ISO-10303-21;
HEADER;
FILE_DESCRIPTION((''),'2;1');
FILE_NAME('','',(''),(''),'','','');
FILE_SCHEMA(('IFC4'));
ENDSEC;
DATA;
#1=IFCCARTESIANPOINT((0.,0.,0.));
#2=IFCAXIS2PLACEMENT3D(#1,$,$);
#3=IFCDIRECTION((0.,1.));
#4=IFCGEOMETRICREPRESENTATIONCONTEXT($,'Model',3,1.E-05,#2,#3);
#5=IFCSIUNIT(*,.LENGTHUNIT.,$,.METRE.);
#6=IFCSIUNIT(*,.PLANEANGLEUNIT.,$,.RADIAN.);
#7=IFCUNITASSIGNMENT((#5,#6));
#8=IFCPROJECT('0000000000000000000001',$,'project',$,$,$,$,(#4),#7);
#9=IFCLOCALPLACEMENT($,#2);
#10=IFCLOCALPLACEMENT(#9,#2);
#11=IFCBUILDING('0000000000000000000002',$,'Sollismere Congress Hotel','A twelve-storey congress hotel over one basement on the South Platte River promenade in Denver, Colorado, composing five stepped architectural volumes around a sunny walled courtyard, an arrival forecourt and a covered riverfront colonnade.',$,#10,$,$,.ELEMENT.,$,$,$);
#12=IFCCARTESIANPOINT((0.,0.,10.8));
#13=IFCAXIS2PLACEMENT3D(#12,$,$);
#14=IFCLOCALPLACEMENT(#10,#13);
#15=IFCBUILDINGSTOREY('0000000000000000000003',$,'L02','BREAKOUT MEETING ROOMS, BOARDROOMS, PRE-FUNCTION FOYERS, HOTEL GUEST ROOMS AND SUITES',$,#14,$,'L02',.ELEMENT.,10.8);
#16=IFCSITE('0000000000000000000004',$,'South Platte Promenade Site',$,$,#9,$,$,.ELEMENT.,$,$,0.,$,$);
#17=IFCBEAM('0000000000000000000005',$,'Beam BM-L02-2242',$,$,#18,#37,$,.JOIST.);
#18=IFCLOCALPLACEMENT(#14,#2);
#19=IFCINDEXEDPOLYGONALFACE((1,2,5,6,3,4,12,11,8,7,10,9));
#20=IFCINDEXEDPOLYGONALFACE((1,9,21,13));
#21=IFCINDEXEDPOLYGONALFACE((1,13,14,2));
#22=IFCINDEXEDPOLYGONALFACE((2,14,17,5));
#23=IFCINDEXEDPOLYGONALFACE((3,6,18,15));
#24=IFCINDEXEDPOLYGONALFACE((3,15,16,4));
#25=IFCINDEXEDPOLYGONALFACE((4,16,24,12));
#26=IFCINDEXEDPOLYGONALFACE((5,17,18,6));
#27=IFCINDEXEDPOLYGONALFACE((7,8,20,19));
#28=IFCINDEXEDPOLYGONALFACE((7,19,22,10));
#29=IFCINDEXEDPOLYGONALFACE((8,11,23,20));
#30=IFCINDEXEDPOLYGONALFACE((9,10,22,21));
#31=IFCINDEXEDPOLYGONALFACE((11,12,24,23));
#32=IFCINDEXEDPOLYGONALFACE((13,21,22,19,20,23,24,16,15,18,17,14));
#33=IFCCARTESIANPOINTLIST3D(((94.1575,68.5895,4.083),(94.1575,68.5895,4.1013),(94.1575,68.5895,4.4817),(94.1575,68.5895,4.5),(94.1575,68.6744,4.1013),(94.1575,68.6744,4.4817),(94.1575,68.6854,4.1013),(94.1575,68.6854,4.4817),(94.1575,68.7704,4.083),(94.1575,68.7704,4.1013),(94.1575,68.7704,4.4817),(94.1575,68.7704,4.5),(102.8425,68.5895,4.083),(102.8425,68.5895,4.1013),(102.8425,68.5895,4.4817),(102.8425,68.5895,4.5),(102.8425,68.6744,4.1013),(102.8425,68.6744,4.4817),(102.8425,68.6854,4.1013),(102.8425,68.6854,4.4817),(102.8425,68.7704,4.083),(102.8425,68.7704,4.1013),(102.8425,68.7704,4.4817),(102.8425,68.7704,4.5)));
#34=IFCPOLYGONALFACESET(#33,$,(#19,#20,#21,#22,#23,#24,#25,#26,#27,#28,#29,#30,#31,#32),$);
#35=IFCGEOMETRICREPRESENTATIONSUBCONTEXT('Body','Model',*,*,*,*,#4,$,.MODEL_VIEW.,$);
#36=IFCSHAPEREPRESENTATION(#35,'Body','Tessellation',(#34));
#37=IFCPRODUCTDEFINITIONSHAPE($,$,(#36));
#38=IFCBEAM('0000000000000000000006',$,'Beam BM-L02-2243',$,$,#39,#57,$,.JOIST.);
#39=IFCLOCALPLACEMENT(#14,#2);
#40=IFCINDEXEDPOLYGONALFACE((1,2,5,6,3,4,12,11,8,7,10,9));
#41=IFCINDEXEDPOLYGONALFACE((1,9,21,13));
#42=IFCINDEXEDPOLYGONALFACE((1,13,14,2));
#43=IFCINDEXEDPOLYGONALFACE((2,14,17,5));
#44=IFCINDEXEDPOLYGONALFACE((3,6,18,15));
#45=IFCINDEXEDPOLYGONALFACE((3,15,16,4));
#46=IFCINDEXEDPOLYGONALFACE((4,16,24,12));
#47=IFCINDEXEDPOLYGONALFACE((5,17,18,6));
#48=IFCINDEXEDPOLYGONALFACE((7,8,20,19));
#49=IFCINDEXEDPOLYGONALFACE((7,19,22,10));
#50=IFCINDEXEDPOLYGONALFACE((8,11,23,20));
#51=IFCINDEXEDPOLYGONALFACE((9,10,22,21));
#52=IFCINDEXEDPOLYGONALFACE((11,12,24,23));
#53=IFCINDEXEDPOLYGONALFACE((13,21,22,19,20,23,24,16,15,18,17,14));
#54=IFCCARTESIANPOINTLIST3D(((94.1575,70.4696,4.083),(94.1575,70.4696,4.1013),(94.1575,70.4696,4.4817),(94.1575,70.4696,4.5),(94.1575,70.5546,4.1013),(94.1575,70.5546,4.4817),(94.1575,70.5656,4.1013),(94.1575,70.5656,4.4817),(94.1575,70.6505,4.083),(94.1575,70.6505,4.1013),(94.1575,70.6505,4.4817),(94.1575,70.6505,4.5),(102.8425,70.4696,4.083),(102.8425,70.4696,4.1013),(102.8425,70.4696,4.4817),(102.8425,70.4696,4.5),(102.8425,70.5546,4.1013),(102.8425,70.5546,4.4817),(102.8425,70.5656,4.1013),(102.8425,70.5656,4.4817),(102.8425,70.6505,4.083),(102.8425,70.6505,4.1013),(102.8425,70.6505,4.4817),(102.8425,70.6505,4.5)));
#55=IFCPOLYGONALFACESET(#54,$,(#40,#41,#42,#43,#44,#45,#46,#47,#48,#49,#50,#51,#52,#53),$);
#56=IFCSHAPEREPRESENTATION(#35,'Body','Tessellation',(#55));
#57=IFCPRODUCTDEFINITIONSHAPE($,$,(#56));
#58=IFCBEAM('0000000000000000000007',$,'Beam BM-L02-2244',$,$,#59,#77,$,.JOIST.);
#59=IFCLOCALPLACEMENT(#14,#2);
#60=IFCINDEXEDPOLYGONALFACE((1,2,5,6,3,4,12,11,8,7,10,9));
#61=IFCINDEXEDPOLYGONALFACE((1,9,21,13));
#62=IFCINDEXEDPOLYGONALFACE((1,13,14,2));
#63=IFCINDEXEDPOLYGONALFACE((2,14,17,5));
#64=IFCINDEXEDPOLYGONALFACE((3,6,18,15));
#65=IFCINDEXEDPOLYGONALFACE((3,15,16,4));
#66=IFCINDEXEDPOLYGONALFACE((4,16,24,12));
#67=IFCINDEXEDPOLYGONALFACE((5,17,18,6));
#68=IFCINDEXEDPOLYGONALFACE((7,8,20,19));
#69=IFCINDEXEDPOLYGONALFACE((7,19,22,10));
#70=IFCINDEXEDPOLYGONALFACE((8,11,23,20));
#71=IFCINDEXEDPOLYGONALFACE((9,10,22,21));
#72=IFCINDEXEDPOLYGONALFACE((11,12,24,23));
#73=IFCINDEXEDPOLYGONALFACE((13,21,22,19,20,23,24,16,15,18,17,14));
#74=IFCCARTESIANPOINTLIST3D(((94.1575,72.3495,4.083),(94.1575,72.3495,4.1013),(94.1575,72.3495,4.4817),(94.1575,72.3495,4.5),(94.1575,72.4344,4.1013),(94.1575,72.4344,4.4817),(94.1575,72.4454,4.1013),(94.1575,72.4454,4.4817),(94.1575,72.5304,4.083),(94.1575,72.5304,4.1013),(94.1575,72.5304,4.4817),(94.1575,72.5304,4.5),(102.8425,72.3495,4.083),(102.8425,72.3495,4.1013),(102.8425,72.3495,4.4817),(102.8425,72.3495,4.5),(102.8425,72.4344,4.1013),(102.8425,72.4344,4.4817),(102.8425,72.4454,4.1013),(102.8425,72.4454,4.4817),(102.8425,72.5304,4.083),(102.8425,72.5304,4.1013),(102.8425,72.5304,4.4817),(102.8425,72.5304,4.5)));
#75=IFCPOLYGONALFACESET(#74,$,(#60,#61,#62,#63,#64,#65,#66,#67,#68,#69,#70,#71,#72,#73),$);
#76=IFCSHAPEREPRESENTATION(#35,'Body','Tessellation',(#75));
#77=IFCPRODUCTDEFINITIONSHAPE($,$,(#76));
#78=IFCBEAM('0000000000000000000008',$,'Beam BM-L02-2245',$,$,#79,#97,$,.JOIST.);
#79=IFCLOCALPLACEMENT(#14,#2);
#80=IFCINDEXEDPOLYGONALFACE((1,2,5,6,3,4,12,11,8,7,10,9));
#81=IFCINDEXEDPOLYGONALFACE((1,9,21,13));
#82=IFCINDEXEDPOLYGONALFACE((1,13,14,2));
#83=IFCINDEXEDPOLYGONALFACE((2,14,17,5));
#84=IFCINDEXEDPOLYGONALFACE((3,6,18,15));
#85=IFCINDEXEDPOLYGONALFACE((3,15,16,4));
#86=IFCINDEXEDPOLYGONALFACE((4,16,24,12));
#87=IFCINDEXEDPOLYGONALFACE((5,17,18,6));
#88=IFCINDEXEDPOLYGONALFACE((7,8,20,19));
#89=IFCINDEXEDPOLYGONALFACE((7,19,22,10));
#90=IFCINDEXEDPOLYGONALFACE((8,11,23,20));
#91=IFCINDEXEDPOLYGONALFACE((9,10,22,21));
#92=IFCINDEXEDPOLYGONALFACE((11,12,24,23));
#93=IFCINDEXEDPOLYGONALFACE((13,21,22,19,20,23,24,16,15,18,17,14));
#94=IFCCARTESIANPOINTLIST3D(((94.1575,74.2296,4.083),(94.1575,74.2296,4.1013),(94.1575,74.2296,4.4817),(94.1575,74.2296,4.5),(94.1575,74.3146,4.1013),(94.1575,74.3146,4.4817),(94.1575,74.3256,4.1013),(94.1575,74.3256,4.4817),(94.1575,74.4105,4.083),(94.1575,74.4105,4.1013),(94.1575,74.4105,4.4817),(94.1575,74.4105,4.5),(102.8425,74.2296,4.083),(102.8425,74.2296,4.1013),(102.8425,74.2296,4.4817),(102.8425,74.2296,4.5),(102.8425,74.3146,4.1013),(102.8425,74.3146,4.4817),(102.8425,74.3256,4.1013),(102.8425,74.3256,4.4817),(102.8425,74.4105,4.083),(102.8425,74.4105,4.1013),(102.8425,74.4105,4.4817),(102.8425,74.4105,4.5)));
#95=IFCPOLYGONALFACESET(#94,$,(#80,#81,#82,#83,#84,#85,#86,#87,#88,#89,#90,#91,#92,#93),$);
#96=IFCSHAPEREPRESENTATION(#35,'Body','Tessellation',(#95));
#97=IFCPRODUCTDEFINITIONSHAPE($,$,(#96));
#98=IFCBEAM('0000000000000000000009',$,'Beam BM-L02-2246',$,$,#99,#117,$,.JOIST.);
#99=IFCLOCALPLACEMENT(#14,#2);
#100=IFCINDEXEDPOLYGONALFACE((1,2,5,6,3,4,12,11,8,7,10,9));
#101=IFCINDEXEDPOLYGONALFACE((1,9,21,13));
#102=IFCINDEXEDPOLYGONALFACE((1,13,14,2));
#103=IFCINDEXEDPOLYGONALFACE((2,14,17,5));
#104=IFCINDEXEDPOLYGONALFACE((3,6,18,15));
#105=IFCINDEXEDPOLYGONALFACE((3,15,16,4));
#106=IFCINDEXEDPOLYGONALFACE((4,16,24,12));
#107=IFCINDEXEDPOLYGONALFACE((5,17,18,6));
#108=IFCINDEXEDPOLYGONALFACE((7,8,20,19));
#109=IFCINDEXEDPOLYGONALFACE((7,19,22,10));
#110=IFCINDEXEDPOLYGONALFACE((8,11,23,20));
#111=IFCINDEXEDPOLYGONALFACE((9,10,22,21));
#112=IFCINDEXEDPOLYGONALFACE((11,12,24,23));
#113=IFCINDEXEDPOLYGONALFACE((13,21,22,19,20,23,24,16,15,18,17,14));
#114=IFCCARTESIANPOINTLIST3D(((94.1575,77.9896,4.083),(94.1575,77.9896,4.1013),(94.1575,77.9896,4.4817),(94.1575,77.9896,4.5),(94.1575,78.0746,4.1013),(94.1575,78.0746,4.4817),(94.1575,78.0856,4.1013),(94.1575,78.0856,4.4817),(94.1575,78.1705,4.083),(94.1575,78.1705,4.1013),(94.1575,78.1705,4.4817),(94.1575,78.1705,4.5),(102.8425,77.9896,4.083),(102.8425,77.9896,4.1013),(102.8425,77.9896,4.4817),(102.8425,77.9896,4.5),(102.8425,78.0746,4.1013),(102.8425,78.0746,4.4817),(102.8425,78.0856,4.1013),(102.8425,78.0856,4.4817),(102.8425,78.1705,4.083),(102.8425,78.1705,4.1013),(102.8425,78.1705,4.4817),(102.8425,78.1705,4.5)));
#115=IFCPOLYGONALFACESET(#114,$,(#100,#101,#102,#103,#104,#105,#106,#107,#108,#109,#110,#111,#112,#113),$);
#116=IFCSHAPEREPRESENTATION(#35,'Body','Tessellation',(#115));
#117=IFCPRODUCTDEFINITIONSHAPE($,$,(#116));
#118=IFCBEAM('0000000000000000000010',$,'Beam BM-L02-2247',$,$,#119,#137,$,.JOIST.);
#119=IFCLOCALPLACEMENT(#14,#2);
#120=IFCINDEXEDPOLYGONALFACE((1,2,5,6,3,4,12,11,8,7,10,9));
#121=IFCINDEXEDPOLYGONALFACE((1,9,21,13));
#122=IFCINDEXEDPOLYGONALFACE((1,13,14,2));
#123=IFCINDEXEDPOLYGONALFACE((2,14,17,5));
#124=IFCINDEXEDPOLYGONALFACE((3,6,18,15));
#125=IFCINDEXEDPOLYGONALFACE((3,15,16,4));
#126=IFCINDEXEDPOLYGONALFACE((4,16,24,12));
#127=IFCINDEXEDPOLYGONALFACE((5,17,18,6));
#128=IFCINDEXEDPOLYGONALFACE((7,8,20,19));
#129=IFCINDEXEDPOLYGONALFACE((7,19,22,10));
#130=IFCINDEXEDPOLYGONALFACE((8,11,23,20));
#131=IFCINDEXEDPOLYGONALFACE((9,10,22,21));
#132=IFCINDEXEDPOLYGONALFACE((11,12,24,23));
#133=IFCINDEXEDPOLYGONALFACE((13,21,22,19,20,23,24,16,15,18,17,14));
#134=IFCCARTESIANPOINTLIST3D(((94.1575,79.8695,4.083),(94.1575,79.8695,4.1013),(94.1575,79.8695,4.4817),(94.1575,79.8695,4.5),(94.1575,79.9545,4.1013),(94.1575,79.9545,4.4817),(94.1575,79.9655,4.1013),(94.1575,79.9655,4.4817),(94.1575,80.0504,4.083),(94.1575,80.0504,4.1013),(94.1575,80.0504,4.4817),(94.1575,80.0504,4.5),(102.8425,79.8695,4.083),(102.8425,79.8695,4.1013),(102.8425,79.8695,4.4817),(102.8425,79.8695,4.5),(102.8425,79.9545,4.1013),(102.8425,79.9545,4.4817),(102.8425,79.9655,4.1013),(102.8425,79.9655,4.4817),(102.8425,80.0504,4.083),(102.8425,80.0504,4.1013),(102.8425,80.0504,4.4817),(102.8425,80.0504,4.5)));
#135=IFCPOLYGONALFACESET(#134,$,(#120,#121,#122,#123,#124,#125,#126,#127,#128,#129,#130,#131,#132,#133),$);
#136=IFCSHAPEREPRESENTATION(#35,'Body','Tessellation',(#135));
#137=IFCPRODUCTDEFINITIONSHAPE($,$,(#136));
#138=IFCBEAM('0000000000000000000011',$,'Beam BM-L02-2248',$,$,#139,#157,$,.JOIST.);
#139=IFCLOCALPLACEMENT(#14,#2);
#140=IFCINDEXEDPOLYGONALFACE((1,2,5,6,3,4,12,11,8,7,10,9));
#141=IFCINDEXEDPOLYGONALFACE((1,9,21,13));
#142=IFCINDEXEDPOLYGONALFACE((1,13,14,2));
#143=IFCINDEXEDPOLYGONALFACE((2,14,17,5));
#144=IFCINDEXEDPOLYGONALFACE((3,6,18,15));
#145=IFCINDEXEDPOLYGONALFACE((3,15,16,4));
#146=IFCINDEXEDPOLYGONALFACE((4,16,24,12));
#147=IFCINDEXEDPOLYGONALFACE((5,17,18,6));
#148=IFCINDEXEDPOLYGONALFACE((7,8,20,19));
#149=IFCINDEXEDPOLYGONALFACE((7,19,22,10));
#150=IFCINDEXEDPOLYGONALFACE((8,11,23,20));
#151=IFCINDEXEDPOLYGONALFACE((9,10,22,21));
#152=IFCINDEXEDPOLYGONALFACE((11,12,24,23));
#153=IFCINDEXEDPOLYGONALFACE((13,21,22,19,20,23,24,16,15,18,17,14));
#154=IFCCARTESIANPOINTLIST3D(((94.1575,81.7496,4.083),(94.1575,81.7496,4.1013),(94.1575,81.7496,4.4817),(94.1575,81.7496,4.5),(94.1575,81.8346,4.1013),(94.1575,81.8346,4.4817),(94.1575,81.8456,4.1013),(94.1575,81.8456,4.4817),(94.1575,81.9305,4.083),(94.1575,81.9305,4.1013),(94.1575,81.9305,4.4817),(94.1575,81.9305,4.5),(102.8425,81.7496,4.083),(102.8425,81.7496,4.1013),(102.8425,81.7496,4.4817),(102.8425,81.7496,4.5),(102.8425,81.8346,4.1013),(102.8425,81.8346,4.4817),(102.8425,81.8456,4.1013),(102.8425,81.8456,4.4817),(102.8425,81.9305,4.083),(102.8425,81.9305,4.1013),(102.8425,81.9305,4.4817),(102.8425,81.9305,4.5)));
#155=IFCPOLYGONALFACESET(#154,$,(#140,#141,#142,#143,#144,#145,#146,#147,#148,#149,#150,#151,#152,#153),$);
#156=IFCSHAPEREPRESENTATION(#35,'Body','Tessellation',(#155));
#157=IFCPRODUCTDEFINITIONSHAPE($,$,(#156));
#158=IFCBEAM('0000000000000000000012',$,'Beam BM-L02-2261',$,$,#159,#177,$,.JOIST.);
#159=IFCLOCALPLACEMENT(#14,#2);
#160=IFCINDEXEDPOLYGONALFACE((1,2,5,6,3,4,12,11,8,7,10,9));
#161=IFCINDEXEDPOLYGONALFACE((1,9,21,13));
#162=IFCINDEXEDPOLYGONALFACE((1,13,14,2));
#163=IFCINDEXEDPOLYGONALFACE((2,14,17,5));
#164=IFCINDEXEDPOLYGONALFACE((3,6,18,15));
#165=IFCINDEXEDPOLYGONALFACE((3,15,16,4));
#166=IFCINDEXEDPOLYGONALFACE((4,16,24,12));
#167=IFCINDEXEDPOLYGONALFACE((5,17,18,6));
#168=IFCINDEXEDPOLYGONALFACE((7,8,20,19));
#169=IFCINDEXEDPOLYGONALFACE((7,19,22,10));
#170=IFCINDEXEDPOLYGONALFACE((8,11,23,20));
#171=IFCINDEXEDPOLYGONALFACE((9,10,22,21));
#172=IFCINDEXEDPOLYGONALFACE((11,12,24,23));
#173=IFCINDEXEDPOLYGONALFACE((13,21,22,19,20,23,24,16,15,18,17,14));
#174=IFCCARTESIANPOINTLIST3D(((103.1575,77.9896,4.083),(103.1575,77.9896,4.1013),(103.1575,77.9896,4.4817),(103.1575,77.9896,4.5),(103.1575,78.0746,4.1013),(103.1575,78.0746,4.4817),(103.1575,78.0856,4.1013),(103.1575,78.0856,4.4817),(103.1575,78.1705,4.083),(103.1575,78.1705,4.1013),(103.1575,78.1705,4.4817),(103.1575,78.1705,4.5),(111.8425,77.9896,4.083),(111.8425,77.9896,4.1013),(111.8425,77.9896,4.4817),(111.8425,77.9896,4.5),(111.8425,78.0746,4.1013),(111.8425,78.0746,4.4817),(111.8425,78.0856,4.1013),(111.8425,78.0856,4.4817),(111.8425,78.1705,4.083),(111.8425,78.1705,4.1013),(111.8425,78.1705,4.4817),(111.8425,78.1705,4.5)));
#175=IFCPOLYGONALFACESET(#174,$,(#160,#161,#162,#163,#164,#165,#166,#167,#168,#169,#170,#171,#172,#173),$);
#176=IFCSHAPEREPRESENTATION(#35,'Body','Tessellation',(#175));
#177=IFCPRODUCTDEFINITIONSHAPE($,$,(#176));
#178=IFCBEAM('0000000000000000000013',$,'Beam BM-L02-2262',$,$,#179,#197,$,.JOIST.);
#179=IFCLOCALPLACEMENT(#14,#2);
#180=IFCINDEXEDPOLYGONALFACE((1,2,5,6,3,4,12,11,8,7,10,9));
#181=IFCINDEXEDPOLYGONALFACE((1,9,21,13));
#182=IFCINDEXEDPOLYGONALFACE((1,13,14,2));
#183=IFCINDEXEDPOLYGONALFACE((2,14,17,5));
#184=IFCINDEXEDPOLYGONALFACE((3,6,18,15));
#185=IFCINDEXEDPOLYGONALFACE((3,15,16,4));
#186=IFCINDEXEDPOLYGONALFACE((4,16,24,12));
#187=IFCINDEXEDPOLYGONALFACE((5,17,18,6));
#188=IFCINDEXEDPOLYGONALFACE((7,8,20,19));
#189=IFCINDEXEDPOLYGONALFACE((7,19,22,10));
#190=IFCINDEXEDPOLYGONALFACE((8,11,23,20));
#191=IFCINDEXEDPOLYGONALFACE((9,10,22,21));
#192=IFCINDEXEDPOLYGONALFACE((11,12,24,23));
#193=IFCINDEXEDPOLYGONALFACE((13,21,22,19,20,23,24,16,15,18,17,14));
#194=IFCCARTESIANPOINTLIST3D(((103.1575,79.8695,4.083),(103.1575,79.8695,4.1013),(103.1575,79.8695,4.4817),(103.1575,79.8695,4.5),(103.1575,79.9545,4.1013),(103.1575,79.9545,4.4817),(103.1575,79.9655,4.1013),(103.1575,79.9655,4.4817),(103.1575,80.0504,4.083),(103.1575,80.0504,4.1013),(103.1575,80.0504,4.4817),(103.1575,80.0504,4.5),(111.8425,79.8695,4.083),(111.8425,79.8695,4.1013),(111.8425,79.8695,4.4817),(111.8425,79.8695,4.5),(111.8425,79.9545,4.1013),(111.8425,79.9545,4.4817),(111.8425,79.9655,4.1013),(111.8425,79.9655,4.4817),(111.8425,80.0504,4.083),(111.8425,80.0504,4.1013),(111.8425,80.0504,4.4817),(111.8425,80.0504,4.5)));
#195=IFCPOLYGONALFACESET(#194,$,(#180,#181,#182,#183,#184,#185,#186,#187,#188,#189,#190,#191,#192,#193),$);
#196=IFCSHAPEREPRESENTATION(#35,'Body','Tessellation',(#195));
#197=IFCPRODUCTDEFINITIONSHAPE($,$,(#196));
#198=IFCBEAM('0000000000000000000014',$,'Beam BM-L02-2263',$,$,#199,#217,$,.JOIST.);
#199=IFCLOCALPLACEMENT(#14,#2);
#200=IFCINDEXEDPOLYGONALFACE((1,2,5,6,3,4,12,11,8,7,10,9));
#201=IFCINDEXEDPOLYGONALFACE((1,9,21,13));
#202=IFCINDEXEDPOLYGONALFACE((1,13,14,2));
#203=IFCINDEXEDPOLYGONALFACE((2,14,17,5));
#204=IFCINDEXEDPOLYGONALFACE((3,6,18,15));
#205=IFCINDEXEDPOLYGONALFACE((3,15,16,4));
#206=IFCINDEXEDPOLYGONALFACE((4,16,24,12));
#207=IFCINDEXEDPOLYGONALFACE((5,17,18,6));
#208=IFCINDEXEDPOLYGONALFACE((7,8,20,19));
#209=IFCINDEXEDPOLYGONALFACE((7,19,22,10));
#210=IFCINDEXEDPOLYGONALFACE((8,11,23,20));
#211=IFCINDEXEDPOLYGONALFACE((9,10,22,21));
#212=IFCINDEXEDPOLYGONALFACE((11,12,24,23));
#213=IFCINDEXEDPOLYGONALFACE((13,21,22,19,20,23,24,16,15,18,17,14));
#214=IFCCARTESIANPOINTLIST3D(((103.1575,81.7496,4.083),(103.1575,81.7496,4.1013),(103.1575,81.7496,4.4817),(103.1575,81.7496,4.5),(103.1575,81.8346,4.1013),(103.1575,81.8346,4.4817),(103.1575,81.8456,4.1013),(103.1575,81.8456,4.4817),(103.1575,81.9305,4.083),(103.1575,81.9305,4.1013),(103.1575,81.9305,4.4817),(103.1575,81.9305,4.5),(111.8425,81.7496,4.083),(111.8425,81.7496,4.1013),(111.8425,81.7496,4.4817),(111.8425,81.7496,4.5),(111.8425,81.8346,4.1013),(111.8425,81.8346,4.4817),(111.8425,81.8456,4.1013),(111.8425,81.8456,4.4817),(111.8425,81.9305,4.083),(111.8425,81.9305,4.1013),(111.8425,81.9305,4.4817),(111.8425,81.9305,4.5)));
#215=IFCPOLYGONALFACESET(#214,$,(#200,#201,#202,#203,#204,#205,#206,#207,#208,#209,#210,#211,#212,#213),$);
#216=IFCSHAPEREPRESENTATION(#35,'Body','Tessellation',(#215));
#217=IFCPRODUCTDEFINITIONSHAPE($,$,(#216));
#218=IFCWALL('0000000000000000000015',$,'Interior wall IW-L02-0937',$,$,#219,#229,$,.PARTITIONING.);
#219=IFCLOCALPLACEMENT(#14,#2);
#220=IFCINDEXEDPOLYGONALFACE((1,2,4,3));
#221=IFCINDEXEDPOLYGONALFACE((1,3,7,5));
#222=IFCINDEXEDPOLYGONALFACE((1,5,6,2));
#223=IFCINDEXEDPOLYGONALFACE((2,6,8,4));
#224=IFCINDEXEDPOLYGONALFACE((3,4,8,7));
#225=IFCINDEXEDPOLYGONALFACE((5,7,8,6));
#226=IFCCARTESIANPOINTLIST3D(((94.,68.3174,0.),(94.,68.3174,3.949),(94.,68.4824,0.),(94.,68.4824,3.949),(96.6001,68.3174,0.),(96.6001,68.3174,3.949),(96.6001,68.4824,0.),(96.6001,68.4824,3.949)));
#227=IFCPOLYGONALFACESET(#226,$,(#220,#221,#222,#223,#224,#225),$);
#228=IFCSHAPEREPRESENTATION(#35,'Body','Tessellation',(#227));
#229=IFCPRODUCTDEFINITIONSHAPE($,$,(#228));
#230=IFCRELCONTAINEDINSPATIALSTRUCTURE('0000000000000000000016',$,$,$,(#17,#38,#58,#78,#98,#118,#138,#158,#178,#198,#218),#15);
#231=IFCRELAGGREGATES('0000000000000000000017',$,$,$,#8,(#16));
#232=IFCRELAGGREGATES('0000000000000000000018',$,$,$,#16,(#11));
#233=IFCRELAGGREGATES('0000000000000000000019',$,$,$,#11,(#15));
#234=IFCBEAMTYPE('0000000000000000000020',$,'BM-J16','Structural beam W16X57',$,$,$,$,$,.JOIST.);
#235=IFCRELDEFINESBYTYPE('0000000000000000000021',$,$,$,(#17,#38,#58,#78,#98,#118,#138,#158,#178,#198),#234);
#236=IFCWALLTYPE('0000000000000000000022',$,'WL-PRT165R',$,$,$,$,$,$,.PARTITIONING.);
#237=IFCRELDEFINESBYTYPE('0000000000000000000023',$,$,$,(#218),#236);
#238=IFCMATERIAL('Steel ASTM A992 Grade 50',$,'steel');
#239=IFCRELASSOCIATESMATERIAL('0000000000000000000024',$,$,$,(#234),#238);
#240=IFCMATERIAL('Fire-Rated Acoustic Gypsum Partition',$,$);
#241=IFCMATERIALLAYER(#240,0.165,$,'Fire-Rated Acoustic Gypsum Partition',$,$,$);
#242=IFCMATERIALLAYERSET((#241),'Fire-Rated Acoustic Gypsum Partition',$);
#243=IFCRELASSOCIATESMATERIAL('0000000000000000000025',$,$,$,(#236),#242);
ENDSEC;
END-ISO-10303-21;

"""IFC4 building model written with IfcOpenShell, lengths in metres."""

from ifc_helpers import new_model, si_unit, direction, frame, frame_2d, origin, origin_2d, place, context, subcontext, project, spatial, rectangle, i_section, extrude, material, layer, layer_set, material_profile, profile_set, type_object, element, save


model = new_model("IFC4")

# Units and contexts
model_context = context("Model", 3, precision=1e-05, world=origin(), true_north=direction((0.0, 1.0)))
body_context = subcontext(model_context, "Body", "Model", "MODEL_VIEW")
ifc_project = project(units=[si_unit("LENGTHUNIT", "METRE"), si_unit("PLANEANGLEUNIT", "RADIAN")], contexts=[model_context])

# Site, building, storey
site_placement = place(None, origin())
site = spatial("IfcSite", under=ifc_project, at=site_placement, Name="South Platte Promenade Site", CompositionType="ELEMENT", RefElevation=0.0)
building_placement = place(site_placement, origin())
building = spatial("IfcBuilding", under=site, at=building_placement, Name="Sollismere Congress Hotel", Description="A twelve-storey congress hotel over one basement on the South Platte River promenade in Denver, Colorado, composing five stepped architectural volumes around a sunny walled courtyard, an arrival forecourt and a covered riverfront colonnade.", CompositionType="ELEMENT")
storey_placement = place(building_placement, frame((0.0, 0.0, 10.8)))
storey = spatial("IfcBuildingStorey", under=building, at=storey_placement, Name="L02", Description="BREAKOUT MEETING ROOMS, BOARDROOMS, PRE-FUNCTION FOYERS, HOTEL GUEST ROOMS AND SUITES", LongName="L02", CompositionType="ELEMENT", Elevation=10.8)

# Shared definitions
ifc_material_1 = material(Name="Steel ASTM A992 Grade 50", Category="steel")

# Beams
ifc_material_profile_1 = material_profile(ifc_material_1, i_section(OverallWidth=0.1809, OverallDepth=0.417, WebThickness=0.011, FlangeThickness=0.0183, at=origin_2d()), Name="W16X57")
ifc_profile_set_1 = profile_set([ifc_material_profile_1], Name="Steel ASTM A992 Grade 50")
beam_type_1 = type_object("IfcBeamType", Name="BM-J16", Description="Structural beam W16X57", PredefinedType="JOIST", material=ifc_profile_set_1)
for number, where, z_axis, x_axis, name in (
    (1, (94.1575, 68.6799, 4.2915), (1.0, 0.0, 0.0), (0.0, 1.0, 0.0), "Beam BM-L02-2242"),
    (2, (94.1575, 70.5601, 4.2915), (1.0, 0.0, 0.0), (0.0, 1.0, 0.0), "Beam BM-L02-2243"),
    (3, (94.1575, 72.4399, 4.2915), (1.0, 0.0, 0.0), (0.0, 1.0, 0.0), "Beam BM-L02-2244"),
    (4, (94.1575, 74.3201, 4.2915), (1.0, 0.0, 0.0), (0.0, 1.0, 0.0), "Beam BM-L02-2245"),
    (5, (94.1575, 78.0801, 4.2915), (1.0, 0.0, 0.0), (0.0, 1.0, 0.0), "Beam BM-L02-2246"),
    (6, (94.1575, 79.96, 4.2915), (1.0, 0.0, 0.0), (0.0, 1.0, 0.0), "Beam BM-L02-2247"),
    (7, (94.1575, 81.8401, 4.2915), (1.0, 0.0, 0.0), (0.0, 1.0, 0.0), "Beam BM-L02-2248"),
    (8, (103.1575, 78.0801, 4.2915), (1.0, 0.0, 0.0), (0.0, 1.0, 0.0), "Beam BM-L02-2261"),
    (9, (103.1575, 79.96, 4.2915), (1.0, 0.0, 0.0), (0.0, 1.0, 0.0), "Beam BM-L02-2262"),
    (10, (103.1575, 81.8401, 4.2915), (1.0, 0.0, 0.0), (0.0, 1.0, 0.0), "Beam BM-L02-2263"),
):
    element("IfcBeam", number, at=place(storey_placement, frame(where, z_axis=z_axis, x_axis=x_axis)), inside=storey, type_object=beam_type_1, Name=name, PredefinedType="JOIST", context=body_context, shape_type="SweptSolid", body=[
        extrude(i_section(OverallWidth=0.1809, OverallDepth=0.417, WebThickness=0.011, FlangeThickness=0.0183, at=origin_2d()), origin(), (0.0, 0.0, 1.0), 8.6851),
    ])

# Wall
ifc_material_2 = material(Name="Fire-Rated Acoustic Gypsum Partition")
ifc_layer = layer(ifc_material_2, 0.165, Name="Fire-Rated Acoustic Gypsum Partition")
ifc_layer_set = layer_set([ifc_layer], Name="Fire-Rated Acoustic Gypsum Partition")
wall_type = type_object("IfcWallType", Name="WL-PRT165R", PredefinedType="PARTITIONING", material=ifc_layer_set)
for number, where, z_axis, x_axis, name in (
    (11, (94.0, 68.3999, 0.0), (0.0, 0.0, 1.0), (1.0, 0.0, 0.0), "Interior wall IW-L02-0937"),
):
    element("IfcWall", number, at=place(storey_placement, frame(where, z_axis=z_axis, x_axis=x_axis)), inside=storey, type_object=wall_type, Name=name, PredefinedType="PARTITIONING", context=body_context, shape_type="SweptSolid", body=[
        extrude(rectangle(XDim=2.6001, YDim=0.165, at=frame_2d((1.3, 0.0))), origin(), (0.0, 0.0, 1.0), 3.949),
    ])

save(model, "model.ifc")
